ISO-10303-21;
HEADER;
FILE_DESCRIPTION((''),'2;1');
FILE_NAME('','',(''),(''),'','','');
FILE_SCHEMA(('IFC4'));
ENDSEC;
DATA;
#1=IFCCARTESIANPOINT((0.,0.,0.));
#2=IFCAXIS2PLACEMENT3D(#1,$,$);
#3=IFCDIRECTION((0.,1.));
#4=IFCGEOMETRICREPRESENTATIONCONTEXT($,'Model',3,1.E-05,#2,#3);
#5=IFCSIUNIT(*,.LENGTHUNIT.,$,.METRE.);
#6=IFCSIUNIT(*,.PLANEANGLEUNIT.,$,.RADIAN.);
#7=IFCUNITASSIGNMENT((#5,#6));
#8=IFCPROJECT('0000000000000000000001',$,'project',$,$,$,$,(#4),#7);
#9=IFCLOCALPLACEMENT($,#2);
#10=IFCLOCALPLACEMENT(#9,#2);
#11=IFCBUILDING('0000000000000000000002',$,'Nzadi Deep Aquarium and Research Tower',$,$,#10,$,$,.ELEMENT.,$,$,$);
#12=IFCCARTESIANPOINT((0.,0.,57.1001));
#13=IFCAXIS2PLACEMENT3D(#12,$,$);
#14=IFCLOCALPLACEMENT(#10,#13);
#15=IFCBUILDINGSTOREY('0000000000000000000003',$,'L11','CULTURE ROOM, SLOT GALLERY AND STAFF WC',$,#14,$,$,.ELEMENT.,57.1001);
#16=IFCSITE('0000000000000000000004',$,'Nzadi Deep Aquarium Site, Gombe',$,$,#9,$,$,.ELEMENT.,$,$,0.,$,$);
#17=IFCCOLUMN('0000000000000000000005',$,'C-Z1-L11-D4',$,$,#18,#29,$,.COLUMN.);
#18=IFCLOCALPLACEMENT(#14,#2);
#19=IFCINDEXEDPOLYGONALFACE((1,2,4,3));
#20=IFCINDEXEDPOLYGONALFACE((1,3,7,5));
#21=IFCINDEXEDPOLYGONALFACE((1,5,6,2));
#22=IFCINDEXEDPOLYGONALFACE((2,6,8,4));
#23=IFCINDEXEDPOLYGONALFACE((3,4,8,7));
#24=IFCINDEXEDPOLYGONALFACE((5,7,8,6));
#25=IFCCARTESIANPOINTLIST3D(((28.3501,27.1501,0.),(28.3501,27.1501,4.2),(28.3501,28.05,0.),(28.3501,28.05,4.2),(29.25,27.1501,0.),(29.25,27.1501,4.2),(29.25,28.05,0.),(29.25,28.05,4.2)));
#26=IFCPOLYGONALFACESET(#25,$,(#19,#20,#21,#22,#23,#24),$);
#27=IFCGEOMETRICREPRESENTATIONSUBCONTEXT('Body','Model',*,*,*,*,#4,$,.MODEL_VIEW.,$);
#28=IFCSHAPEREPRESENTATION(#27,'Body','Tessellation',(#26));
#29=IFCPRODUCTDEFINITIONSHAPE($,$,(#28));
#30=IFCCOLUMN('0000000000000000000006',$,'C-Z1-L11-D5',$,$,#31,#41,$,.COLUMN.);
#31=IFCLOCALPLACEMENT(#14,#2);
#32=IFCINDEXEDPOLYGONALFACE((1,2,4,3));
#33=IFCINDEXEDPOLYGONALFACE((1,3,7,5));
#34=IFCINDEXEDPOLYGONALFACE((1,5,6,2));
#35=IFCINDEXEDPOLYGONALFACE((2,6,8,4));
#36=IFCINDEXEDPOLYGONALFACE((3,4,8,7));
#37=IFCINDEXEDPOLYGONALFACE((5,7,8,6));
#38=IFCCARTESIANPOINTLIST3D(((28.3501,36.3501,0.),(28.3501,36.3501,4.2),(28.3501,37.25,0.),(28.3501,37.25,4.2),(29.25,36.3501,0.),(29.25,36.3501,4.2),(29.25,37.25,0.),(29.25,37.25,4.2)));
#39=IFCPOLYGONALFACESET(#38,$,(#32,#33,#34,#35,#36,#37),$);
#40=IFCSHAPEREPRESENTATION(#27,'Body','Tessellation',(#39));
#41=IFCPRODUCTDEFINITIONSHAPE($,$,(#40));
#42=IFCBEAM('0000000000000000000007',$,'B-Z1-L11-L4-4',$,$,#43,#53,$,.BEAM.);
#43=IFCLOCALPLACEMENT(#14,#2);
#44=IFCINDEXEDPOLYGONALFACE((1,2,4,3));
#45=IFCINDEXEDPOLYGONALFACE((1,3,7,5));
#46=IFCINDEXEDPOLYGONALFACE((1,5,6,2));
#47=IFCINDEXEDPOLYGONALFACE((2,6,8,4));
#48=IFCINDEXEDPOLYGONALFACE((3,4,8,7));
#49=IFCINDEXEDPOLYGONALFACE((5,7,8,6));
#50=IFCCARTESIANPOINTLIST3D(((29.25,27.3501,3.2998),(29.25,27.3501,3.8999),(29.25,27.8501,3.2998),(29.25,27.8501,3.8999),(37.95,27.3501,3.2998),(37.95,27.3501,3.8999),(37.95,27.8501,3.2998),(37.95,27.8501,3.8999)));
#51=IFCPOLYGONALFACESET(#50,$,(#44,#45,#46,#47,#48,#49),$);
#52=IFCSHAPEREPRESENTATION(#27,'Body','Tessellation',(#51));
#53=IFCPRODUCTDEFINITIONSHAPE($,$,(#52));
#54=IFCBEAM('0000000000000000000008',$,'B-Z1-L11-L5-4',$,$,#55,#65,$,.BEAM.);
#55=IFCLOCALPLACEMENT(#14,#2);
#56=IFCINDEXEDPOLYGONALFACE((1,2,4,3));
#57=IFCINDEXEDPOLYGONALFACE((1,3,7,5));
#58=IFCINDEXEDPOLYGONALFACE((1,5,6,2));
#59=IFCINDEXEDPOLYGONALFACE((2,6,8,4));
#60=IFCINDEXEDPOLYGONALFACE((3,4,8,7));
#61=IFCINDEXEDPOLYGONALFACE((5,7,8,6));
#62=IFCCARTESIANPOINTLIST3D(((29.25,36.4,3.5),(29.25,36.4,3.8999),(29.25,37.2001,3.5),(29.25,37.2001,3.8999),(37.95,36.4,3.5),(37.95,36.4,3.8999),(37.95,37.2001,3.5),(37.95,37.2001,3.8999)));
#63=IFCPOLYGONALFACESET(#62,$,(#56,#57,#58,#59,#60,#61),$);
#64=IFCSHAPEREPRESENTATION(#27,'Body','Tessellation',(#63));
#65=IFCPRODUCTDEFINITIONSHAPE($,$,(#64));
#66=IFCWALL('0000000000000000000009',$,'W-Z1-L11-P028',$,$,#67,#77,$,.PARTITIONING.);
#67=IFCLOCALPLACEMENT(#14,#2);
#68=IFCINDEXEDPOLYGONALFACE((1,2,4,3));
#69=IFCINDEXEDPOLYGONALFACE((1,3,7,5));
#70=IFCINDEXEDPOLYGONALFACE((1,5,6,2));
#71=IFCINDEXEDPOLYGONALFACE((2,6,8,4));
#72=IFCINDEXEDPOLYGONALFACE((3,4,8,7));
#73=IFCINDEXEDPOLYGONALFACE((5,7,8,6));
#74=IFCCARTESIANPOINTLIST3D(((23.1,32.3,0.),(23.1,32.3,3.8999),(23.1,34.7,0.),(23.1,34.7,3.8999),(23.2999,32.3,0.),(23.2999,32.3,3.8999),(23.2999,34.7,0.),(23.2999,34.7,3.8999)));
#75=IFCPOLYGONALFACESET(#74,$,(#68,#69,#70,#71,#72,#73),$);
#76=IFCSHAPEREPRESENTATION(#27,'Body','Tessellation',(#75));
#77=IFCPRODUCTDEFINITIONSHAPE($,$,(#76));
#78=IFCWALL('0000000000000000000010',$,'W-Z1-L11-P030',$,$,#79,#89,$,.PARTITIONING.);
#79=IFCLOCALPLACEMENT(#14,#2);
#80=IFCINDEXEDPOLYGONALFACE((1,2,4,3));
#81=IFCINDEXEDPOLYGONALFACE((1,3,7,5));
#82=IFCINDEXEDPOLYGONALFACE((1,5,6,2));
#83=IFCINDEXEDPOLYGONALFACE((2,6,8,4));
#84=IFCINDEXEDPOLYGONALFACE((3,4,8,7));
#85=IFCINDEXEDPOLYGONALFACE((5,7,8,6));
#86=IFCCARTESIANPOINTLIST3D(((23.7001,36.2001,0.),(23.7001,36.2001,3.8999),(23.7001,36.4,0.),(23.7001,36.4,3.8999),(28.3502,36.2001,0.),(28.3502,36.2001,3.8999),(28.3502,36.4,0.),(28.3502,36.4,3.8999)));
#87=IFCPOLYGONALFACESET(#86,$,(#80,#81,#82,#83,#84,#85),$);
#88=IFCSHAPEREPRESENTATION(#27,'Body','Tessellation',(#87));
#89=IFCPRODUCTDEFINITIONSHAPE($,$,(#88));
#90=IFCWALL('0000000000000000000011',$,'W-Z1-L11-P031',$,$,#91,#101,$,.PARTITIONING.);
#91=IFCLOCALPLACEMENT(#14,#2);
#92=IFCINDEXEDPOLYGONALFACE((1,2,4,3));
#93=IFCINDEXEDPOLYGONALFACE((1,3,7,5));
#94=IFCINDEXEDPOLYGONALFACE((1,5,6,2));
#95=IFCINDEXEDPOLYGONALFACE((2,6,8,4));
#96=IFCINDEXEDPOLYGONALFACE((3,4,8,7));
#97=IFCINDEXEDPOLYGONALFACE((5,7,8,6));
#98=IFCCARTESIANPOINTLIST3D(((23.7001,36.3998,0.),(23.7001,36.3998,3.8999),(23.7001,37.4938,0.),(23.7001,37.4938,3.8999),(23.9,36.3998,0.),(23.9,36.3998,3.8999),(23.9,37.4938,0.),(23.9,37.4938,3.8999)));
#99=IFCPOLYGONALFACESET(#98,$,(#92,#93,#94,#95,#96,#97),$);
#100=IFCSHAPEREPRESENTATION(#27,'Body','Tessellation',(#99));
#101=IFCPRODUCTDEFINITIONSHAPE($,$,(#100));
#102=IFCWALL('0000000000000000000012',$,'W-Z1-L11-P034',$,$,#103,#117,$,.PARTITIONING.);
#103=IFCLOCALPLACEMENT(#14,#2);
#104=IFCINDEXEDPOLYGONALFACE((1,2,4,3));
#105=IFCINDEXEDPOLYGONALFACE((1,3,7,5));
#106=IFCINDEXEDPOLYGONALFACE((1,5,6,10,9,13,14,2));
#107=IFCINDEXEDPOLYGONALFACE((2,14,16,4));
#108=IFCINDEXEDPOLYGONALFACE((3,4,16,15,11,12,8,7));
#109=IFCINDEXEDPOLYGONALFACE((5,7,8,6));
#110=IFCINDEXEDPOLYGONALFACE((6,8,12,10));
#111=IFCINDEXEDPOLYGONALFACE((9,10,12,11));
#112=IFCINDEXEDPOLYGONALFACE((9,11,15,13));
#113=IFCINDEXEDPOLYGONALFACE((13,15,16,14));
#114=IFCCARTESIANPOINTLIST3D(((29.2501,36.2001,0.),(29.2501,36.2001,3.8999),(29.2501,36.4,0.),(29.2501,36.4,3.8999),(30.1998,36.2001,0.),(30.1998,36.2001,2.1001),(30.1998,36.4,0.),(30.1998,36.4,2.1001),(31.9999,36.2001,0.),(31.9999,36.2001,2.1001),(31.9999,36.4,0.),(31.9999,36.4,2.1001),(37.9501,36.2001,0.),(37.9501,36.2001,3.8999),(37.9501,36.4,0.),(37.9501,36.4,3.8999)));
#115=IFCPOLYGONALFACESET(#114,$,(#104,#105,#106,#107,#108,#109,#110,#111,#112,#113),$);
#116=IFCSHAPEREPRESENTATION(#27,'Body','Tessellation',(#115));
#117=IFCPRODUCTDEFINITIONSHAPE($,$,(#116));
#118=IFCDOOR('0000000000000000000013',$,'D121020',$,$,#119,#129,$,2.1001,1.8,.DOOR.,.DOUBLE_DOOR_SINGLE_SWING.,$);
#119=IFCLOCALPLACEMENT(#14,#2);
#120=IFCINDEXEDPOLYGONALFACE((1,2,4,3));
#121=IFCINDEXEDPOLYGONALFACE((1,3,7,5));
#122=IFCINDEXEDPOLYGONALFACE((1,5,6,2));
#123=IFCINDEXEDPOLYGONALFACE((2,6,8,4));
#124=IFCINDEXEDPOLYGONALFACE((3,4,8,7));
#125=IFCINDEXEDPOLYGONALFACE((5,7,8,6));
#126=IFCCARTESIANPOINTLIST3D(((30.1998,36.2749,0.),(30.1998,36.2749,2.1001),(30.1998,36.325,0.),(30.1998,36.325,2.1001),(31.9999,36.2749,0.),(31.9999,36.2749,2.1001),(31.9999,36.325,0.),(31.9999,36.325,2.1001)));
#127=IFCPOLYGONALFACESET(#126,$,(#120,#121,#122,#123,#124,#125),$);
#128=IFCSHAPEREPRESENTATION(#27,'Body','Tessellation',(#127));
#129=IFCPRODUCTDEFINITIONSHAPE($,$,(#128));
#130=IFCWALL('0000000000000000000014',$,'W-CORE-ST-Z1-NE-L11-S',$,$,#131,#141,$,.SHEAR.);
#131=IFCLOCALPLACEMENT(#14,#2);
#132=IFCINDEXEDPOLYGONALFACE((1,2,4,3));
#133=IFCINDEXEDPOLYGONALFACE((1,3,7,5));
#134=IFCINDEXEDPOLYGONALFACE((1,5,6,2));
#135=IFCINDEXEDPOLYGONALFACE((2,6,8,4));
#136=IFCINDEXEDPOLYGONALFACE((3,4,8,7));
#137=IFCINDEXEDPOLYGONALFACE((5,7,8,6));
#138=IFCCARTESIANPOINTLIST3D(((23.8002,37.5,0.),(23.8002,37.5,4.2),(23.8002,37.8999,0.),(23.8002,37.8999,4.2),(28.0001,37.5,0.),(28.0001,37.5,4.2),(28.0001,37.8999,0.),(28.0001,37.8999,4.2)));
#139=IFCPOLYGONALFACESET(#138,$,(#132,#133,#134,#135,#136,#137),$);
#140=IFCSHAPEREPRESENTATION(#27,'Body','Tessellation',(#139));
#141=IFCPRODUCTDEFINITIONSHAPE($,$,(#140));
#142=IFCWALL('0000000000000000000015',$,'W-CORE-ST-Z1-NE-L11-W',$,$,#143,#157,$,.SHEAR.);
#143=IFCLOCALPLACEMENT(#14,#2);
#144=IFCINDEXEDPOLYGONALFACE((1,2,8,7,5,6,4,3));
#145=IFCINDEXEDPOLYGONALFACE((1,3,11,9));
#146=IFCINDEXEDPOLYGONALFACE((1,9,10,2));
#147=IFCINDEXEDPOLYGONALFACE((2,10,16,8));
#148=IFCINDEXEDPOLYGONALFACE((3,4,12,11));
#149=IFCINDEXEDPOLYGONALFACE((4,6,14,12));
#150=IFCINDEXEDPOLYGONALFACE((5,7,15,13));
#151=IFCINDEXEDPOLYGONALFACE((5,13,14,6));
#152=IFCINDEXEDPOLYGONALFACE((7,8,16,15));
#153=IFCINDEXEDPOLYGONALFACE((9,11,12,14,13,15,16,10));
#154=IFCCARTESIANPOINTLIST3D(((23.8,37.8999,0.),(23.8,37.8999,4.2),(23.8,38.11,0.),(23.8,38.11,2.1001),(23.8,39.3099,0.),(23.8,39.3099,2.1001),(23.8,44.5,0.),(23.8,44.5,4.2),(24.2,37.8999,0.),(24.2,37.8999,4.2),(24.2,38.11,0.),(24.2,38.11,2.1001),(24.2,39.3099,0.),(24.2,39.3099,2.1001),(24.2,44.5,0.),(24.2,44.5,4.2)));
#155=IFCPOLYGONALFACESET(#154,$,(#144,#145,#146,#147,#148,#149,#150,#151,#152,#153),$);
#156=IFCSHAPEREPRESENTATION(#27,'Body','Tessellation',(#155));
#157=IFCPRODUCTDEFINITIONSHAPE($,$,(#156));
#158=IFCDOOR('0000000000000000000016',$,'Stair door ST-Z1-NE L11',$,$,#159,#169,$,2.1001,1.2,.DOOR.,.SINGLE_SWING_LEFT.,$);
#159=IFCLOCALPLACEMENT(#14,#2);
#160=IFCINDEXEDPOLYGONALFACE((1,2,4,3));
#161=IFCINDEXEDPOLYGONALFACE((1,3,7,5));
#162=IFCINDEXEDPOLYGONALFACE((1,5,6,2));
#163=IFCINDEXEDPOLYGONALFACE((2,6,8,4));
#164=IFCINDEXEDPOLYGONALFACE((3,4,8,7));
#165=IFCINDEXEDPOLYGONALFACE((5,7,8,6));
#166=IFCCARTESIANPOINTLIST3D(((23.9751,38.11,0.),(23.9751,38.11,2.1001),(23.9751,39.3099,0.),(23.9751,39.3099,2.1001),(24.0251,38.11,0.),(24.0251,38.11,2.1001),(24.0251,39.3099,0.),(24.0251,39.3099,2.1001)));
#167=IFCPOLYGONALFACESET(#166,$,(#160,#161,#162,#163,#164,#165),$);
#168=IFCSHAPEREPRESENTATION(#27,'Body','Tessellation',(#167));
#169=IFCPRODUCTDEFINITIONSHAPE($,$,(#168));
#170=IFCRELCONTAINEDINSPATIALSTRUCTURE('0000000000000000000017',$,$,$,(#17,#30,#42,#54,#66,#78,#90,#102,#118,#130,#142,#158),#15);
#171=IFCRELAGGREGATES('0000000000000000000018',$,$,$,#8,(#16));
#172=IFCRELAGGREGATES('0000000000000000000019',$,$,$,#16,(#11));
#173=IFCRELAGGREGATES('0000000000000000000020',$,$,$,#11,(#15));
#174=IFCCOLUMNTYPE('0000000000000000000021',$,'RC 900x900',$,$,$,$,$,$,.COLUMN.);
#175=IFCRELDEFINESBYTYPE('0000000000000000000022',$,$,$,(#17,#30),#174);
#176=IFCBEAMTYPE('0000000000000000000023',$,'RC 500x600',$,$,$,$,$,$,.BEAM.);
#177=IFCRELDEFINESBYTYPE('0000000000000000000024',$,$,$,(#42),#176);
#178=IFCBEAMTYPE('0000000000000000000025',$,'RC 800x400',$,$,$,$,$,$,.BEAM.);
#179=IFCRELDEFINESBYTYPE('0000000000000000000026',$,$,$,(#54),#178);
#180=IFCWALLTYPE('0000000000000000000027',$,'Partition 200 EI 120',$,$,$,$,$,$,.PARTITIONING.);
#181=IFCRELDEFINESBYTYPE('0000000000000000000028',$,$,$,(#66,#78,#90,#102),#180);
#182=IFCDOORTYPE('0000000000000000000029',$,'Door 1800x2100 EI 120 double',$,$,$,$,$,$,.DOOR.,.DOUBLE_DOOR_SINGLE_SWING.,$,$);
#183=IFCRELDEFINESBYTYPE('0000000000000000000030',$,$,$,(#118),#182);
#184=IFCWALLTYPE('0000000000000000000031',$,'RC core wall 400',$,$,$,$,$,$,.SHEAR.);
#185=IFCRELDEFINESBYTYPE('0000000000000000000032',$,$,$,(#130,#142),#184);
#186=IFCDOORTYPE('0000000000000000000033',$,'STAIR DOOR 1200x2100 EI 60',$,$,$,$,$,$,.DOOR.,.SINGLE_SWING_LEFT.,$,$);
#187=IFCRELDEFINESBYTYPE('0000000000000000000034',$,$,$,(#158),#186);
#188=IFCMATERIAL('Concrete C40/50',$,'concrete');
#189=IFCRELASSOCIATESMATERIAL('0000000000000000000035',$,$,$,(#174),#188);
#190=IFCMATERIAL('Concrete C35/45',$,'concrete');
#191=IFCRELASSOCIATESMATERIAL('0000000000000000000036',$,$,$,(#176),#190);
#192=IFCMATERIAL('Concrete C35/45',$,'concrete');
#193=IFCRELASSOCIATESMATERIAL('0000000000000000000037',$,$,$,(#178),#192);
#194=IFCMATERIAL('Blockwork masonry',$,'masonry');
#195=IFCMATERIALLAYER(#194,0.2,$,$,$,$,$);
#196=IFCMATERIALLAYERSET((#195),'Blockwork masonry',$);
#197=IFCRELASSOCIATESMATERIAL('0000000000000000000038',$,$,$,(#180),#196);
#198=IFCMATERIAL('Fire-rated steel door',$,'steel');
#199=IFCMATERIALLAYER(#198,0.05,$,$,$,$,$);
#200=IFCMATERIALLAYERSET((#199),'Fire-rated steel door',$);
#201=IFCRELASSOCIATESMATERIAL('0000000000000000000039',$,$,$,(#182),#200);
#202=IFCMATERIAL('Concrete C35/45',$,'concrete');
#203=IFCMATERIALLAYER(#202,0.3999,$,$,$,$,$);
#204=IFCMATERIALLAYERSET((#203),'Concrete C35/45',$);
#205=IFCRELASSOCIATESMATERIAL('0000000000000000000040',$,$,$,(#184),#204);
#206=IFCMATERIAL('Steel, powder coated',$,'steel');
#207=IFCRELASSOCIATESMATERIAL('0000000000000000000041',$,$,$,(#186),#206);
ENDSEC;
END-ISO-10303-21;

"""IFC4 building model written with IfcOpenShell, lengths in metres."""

from ifc_helpers import new_model, si_unit, direction, frame, frame_2d, origin, origin_2d, place, context, subcontext, project, spatial, rectangle, extrude, material, layer, layer_set, material_profile, profile_set, type_object, element, fill, save


model = new_model("IFC4")

# Units and contexts
model_context = context("Model", 3, precision=1e-05, world=origin(), true_north=direction((0.0, 1.0)))
body_context = subcontext(model_context, "Body", "Model", "MODEL_VIEW")
ifc_project = project(units=[si_unit("LENGTHUNIT", "METRE"), si_unit("PLANEANGLEUNIT", "RADIAN")], contexts=[model_context])

# Site, building, storey
site_placement = place(None, origin())
site = spatial("IfcSite", under=ifc_project, at=site_placement, Name="Nzadi Deep Aquarium Site, Gombe", CompositionType="ELEMENT", RefElevation=0.0)
building_placement = place(site_placement, origin())
building = spatial("IfcBuilding", under=site, at=building_placement, Name="Nzadi Deep Aquarium and Research Tower", CompositionType="ELEMENT")
storey_placement = place(building_placement, frame((0.0, 0.0, 57.1001)))
storey = spatial("IfcBuildingStorey", under=building, at=storey_placement, Name="L11", Description="CULTURE ROOM, SLOT GALLERY AND STAFF WC", CompositionType="ELEMENT", Elevation=57.1001)

# Columns
ifc_material_1 = material(Name="Concrete C40/50", Category="concrete")
ifc_material_profile_1 = material_profile(ifc_material_1, rectangle(XDim=0.8999, YDim=0.8999, at=origin_2d()))
ifc_profile_set_1 = profile_set([ifc_material_profile_1], Name="Concrete C40/50")
column_type = type_object("IfcColumnType", Name="RC 900x900", PredefinedType="COLUMN", material=ifc_profile_set_1)
for number, where, z_axis, x_axis, name in (
    (1, (28.8, 27.6001, 0.0), (0.0, 0.0, 1.0), (1.0, 0.0, 0.0), "C-Z1-L11-D4"),
    (2, (28.8, 36.8, 0.0), (0.0, 0.0, 1.0), (1.0, 0.0, 0.0), "C-Z1-L11-D5"),
):
    element("IfcColumn", number, at=place(storey_placement, frame(where, z_axis=z_axis, x_axis=x_axis)), inside=storey, type_object=column_type, Name=name, PredefinedType="COLUMN", context=body_context, shape_type="SweptSolid", body=[
        extrude(rectangle(XDim=0.8999, YDim=0.8999, at=origin_2d()), origin(), (0.0, 0.0, 1.0), 4.2),
    ])

# Beams
ifc_material_2 = material(Name="Concrete C35/45", Category="concrete")
ifc_material_profile_2 = material_profile(ifc_material_2, rectangle(XDim=0.5, YDim=0.6001, at=origin_2d()))
ifc_profile_set_2 = profile_set([ifc_material_profile_2], Name="Concrete C35/45")
beam_type_1 = type_object("IfcBeamType", Name="RC 500x600", PredefinedType="BEAM", material=ifc_profile_set_2)
beam_1_placement = place(storey_placement, frame((29.25, 27.6001, 3.5999), z_axis=(1.0, 0.0, 0.0), x_axis=(0.0, 1.0, 0.0)))
element("IfcBeam", 3, at=beam_1_placement, inside=storey, type_object=beam_type_1, Name="B-Z1-L11-L4-4", PredefinedType="BEAM", context=body_context, shape_type="SweptSolid", body=[
    extrude(rectangle(XDim=0.5, YDim=0.6001, at=origin_2d()), origin(), (0.0, 0.0, 1.0), 8.7),
])
ifc_material_3 = material(Name="Concrete C35/45", Category="concrete")
ifc_material_profile_3 = material_profile(ifc_material_3, rectangle(XDim=0.8, YDim=0.3999, at=origin_2d()))
ifc_profile_set_3 = profile_set([ifc_material_profile_3], Name="Concrete C35/45")
beam_type_2 = type_object("IfcBeamType", Name="RC 800x400", PredefinedType="BEAM", material=ifc_profile_set_3)
beam_2_placement = place(storey_placement, frame((29.25, 36.8, 3.7), z_axis=(1.0, 0.0, 0.0), x_axis=(0.0, 1.0, 0.0)))
element("IfcBeam", 4, at=beam_2_placement, inside=storey, type_object=beam_type_2, Name="B-Z1-L11-L5-4", PredefinedType="BEAM", context=body_context, shape_type="SweptSolid", body=[
    extrude(rectangle(XDim=0.8, YDim=0.3999, at=origin_2d()), origin(), (0.0, 0.0, 1.0), 8.7),
])

# Walls
ifc_material_4 = material(Name="Blockwork masonry", Category="masonry")
ifc_layer_1 = layer(ifc_material_4, 0.2)
ifc_layer_set_1 = layer_set([ifc_layer_1], Name="Blockwork masonry")
wall_type_1 = type_object("IfcWallType", Name="Partition 200 EI 120", PredefinedType="PARTITIONING", material=ifc_layer_set_1)
wall_1_placement = place(storey_placement, frame((23.2, 32.3, 0.0), z_axis=(0.0, 0.0, 1.0), x_axis=(0.0, 1.0, 0.0)))
element("IfcWall", 5, at=wall_1_placement, inside=storey, type_object=wall_type_1, Name="W-Z1-L11-P028", PredefinedType="PARTITIONING", context=body_context, shape_type="SweptSolid", body=[
    extrude(rectangle(XDim=2.3999, YDim=0.2, at=frame_2d((1.2, 0.0))), origin(), (0.0, 0.0, 1.0), 3.8999),
])
wall_2_placement = place(storey_placement, frame((23.7, 36.3, 0.0), z_axis=(0.0, 0.0, 1.0), x_axis=(1.0, 0.0, 0.0)))
element("IfcWall", 6, at=wall_2_placement, inside=storey, type_object=wall_type_1, Name="W-Z1-L11-P030", PredefinedType="PARTITIONING", context=body_context, shape_type="SweptSolid", body=[
    extrude(rectangle(XDim=4.6501, YDim=0.2, at=frame_2d((2.3252, 0.0))), origin(), (0.0, 0.0, 1.0), 3.8999),
])
wall_3_placement = place(storey_placement, frame((23.8, 36.3999, 0.0), z_axis=(0.0, 0.0, 1.0), x_axis=(0.0, 1.0, 0.0)))
element("IfcWall", 7, at=wall_3_placement, inside=storey, type_object=wall_type_1, Name="W-Z1-L11-P031", PredefinedType="PARTITIONING", context=body_context, shape_type="SweptSolid", body=[
    extrude(rectangle(XDim=1.094, YDim=0.2, at=frame_2d((0.5469, 0.0))), origin(), (0.0, 0.0, 1.0), 3.8999),
])

# Wall, opening, door
wall_4_placement = place(storey_placement, frame((29.25, 36.3, 0.0), z_axis=(0.0, 0.0, 1.0), x_axis=(1.0, 0.0, 0.0)))
wall_4 = element("IfcWall", 8, at=wall_4_placement, inside=storey, type_object=wall_type_1, Name="W-Z1-L11-P034", PredefinedType="PARTITIONING", context=body_context, shape_type="SweptSolid", body=[
    extrude(rectangle(XDim=8.7, YDim=0.2, at=frame_2d((4.3501, 0.0))), origin(), (0.0, 0.0, 1.0), 3.8999),
])
opening_1_placement = place(wall_4_placement, frame((0.95, 0.0, 0.0)))
opening_1 = element("IfcOpeningElement", 9, at=opening_1_placement, cuts=wall_4, PredefinedType="OPENING", context=body_context, shape_type="SweptSolid", body=[
    extrude(rectangle(XDim=1.8, YDim=2.1001, at=frame_2d((0.8999, 1.05))), frame((0.0, 0.1101, 0.0), z_axis=(0.0, -1.0, 0.0), x_axis=(1.0, 0.0, 0.0)), (0.0, 0.0, 1.0), 0.2202),
])
ifc_material_5 = material(Name="Fire-rated steel door", Category="steel")
ifc_layer_2 = layer(ifc_material_5, 0.05)
ifc_layer_set_2 = layer_set([ifc_layer_2], Name="Fire-rated steel door")
door_type_1 = type_object("IfcDoorType", Name="Door 1800x2100 EI 120 double", OperationType="DOUBLE_DOOR_SINGLE_SWING", PredefinedType="DOOR", material=ifc_layer_set_2)
door_1_placement = place(opening_1_placement, origin())
door_1 = element("IfcDoor", 10, at=door_1_placement, inside=storey, type_object=door_type_1, Name="D121020", OperationType="DOUBLE_DOOR_SINGLE_SWING", OverallHeight=2.1001, OverallWidth=1.8, PredefinedType="DOOR", context=body_context, shape_type="SweptSolid", body=[
    extrude(rectangle(XDim=1.8, YDim=2.1001, at=frame_2d((0.8999, 1.05))), frame((0.0, 0.0249, 0.0), z_axis=(0.0, -1.0, 0.0), x_axis=(1.0, 0.0, 0.0)), (0.0, 0.0, 1.0), 0.05),
])
fill(opening_1, door_1)

# Wall
ifc_material_6 = material(Name="Concrete C35/45", Category="concrete")
ifc_layer_3 = layer(ifc_material_6, 0.3999)
ifc_layer_set_3 = layer_set([ifc_layer_3], Name="Concrete C35/45")
wall_type_2 = type_object("IfcWallType", Name="RC core wall 400", PredefinedType="SHEAR", material=ifc_layer_set_3)
wall_5_placement = place(storey_placement, frame((23.8, 37.7, 0.0), z_axis=(0.0, 0.0, 1.0), x_axis=(1.0, 0.0, 0.0)))
element("IfcWall", 11, at=wall_5_placement, inside=storey, type_object=wall_type_2, Name="W-CORE-ST-Z1-NE-L11-S", PredefinedType="SHEAR", context=body_context, shape_type="SweptSolid", body=[
    extrude(rectangle(XDim=4.2, YDim=0.3999, at=frame_2d((2.1001, 0.0))), origin(), (0.0, 0.0, 1.0), 4.2),
])

# Wall, opening, door
wall_6_placement = place(storey_placement, frame((24.0, 37.8999, 0.0), z_axis=(0.0, 0.0, 1.0), x_axis=(0.0, 1.0, 0.0)))
wall_6 = element("IfcWall", 12, at=wall_6_placement, inside=storey, type_object=wall_type_2, Name="W-CORE-ST-Z1-NE-L11-W", PredefinedType="SHEAR", context=body_context, shape_type="SweptSolid", body=[
    extrude(rectangle(XDim=6.6001, YDim=0.3999, at=frame_2d((3.3, 0.0))), origin(), (0.0, 0.0, 1.0), 4.2),
])
opening_2_placement = place(wall_6_placement, frame((0.21, 0.0, 0.0)))
opening_2 = element("IfcOpeningElement", 13, at=opening_2_placement, cuts=wall_6, PredefinedType="OPENING", context=body_context, shape_type="SweptSolid", body=[
    extrude(rectangle(XDim=1.2, YDim=2.1001, at=frame_2d((0.6001, 1.05))), frame((0.0, 0.21, 0.0), z_axis=(0.0, -1.0, 0.0), x_axis=(1.0, 0.0, 0.0)), (0.0, 0.0, 1.0), 0.4199),
])
ifc_material_7 = material(Name="Steel, powder coated", Category="steel")
door_type_2 = type_object("IfcDoorType", Name="STAIR DOOR 1200x2100 EI 60", OperationType="SINGLE_SWING_LEFT", PredefinedType="DOOR", material=ifc_material_7)
door_2_placement = place(opening_2_placement, origin())
door_2 = element("IfcDoor", 14, at=door_2_placement, inside=storey, type_object=door_type_2, Name="Stair door ST-Z1-NE L11", OperationType="SINGLE_SWING_LEFT", OverallHeight=2.1001, OverallWidth=1.2, PredefinedType="DOOR", context=body_context, shape_type="SweptSolid", body=[
    extrude(rectangle(XDim=1.2, YDim=2.1001, at=frame_2d((0.6001, 1.05))), frame((0.0, 0.0249, 0.0), z_axis=(0.0, -1.0, 0.0), x_axis=(1.0, 0.0, 0.0)), (0.0, 0.0, 1.0), 0.05),
])
fill(opening_2, door_2)

save(model, "model.ifc")
